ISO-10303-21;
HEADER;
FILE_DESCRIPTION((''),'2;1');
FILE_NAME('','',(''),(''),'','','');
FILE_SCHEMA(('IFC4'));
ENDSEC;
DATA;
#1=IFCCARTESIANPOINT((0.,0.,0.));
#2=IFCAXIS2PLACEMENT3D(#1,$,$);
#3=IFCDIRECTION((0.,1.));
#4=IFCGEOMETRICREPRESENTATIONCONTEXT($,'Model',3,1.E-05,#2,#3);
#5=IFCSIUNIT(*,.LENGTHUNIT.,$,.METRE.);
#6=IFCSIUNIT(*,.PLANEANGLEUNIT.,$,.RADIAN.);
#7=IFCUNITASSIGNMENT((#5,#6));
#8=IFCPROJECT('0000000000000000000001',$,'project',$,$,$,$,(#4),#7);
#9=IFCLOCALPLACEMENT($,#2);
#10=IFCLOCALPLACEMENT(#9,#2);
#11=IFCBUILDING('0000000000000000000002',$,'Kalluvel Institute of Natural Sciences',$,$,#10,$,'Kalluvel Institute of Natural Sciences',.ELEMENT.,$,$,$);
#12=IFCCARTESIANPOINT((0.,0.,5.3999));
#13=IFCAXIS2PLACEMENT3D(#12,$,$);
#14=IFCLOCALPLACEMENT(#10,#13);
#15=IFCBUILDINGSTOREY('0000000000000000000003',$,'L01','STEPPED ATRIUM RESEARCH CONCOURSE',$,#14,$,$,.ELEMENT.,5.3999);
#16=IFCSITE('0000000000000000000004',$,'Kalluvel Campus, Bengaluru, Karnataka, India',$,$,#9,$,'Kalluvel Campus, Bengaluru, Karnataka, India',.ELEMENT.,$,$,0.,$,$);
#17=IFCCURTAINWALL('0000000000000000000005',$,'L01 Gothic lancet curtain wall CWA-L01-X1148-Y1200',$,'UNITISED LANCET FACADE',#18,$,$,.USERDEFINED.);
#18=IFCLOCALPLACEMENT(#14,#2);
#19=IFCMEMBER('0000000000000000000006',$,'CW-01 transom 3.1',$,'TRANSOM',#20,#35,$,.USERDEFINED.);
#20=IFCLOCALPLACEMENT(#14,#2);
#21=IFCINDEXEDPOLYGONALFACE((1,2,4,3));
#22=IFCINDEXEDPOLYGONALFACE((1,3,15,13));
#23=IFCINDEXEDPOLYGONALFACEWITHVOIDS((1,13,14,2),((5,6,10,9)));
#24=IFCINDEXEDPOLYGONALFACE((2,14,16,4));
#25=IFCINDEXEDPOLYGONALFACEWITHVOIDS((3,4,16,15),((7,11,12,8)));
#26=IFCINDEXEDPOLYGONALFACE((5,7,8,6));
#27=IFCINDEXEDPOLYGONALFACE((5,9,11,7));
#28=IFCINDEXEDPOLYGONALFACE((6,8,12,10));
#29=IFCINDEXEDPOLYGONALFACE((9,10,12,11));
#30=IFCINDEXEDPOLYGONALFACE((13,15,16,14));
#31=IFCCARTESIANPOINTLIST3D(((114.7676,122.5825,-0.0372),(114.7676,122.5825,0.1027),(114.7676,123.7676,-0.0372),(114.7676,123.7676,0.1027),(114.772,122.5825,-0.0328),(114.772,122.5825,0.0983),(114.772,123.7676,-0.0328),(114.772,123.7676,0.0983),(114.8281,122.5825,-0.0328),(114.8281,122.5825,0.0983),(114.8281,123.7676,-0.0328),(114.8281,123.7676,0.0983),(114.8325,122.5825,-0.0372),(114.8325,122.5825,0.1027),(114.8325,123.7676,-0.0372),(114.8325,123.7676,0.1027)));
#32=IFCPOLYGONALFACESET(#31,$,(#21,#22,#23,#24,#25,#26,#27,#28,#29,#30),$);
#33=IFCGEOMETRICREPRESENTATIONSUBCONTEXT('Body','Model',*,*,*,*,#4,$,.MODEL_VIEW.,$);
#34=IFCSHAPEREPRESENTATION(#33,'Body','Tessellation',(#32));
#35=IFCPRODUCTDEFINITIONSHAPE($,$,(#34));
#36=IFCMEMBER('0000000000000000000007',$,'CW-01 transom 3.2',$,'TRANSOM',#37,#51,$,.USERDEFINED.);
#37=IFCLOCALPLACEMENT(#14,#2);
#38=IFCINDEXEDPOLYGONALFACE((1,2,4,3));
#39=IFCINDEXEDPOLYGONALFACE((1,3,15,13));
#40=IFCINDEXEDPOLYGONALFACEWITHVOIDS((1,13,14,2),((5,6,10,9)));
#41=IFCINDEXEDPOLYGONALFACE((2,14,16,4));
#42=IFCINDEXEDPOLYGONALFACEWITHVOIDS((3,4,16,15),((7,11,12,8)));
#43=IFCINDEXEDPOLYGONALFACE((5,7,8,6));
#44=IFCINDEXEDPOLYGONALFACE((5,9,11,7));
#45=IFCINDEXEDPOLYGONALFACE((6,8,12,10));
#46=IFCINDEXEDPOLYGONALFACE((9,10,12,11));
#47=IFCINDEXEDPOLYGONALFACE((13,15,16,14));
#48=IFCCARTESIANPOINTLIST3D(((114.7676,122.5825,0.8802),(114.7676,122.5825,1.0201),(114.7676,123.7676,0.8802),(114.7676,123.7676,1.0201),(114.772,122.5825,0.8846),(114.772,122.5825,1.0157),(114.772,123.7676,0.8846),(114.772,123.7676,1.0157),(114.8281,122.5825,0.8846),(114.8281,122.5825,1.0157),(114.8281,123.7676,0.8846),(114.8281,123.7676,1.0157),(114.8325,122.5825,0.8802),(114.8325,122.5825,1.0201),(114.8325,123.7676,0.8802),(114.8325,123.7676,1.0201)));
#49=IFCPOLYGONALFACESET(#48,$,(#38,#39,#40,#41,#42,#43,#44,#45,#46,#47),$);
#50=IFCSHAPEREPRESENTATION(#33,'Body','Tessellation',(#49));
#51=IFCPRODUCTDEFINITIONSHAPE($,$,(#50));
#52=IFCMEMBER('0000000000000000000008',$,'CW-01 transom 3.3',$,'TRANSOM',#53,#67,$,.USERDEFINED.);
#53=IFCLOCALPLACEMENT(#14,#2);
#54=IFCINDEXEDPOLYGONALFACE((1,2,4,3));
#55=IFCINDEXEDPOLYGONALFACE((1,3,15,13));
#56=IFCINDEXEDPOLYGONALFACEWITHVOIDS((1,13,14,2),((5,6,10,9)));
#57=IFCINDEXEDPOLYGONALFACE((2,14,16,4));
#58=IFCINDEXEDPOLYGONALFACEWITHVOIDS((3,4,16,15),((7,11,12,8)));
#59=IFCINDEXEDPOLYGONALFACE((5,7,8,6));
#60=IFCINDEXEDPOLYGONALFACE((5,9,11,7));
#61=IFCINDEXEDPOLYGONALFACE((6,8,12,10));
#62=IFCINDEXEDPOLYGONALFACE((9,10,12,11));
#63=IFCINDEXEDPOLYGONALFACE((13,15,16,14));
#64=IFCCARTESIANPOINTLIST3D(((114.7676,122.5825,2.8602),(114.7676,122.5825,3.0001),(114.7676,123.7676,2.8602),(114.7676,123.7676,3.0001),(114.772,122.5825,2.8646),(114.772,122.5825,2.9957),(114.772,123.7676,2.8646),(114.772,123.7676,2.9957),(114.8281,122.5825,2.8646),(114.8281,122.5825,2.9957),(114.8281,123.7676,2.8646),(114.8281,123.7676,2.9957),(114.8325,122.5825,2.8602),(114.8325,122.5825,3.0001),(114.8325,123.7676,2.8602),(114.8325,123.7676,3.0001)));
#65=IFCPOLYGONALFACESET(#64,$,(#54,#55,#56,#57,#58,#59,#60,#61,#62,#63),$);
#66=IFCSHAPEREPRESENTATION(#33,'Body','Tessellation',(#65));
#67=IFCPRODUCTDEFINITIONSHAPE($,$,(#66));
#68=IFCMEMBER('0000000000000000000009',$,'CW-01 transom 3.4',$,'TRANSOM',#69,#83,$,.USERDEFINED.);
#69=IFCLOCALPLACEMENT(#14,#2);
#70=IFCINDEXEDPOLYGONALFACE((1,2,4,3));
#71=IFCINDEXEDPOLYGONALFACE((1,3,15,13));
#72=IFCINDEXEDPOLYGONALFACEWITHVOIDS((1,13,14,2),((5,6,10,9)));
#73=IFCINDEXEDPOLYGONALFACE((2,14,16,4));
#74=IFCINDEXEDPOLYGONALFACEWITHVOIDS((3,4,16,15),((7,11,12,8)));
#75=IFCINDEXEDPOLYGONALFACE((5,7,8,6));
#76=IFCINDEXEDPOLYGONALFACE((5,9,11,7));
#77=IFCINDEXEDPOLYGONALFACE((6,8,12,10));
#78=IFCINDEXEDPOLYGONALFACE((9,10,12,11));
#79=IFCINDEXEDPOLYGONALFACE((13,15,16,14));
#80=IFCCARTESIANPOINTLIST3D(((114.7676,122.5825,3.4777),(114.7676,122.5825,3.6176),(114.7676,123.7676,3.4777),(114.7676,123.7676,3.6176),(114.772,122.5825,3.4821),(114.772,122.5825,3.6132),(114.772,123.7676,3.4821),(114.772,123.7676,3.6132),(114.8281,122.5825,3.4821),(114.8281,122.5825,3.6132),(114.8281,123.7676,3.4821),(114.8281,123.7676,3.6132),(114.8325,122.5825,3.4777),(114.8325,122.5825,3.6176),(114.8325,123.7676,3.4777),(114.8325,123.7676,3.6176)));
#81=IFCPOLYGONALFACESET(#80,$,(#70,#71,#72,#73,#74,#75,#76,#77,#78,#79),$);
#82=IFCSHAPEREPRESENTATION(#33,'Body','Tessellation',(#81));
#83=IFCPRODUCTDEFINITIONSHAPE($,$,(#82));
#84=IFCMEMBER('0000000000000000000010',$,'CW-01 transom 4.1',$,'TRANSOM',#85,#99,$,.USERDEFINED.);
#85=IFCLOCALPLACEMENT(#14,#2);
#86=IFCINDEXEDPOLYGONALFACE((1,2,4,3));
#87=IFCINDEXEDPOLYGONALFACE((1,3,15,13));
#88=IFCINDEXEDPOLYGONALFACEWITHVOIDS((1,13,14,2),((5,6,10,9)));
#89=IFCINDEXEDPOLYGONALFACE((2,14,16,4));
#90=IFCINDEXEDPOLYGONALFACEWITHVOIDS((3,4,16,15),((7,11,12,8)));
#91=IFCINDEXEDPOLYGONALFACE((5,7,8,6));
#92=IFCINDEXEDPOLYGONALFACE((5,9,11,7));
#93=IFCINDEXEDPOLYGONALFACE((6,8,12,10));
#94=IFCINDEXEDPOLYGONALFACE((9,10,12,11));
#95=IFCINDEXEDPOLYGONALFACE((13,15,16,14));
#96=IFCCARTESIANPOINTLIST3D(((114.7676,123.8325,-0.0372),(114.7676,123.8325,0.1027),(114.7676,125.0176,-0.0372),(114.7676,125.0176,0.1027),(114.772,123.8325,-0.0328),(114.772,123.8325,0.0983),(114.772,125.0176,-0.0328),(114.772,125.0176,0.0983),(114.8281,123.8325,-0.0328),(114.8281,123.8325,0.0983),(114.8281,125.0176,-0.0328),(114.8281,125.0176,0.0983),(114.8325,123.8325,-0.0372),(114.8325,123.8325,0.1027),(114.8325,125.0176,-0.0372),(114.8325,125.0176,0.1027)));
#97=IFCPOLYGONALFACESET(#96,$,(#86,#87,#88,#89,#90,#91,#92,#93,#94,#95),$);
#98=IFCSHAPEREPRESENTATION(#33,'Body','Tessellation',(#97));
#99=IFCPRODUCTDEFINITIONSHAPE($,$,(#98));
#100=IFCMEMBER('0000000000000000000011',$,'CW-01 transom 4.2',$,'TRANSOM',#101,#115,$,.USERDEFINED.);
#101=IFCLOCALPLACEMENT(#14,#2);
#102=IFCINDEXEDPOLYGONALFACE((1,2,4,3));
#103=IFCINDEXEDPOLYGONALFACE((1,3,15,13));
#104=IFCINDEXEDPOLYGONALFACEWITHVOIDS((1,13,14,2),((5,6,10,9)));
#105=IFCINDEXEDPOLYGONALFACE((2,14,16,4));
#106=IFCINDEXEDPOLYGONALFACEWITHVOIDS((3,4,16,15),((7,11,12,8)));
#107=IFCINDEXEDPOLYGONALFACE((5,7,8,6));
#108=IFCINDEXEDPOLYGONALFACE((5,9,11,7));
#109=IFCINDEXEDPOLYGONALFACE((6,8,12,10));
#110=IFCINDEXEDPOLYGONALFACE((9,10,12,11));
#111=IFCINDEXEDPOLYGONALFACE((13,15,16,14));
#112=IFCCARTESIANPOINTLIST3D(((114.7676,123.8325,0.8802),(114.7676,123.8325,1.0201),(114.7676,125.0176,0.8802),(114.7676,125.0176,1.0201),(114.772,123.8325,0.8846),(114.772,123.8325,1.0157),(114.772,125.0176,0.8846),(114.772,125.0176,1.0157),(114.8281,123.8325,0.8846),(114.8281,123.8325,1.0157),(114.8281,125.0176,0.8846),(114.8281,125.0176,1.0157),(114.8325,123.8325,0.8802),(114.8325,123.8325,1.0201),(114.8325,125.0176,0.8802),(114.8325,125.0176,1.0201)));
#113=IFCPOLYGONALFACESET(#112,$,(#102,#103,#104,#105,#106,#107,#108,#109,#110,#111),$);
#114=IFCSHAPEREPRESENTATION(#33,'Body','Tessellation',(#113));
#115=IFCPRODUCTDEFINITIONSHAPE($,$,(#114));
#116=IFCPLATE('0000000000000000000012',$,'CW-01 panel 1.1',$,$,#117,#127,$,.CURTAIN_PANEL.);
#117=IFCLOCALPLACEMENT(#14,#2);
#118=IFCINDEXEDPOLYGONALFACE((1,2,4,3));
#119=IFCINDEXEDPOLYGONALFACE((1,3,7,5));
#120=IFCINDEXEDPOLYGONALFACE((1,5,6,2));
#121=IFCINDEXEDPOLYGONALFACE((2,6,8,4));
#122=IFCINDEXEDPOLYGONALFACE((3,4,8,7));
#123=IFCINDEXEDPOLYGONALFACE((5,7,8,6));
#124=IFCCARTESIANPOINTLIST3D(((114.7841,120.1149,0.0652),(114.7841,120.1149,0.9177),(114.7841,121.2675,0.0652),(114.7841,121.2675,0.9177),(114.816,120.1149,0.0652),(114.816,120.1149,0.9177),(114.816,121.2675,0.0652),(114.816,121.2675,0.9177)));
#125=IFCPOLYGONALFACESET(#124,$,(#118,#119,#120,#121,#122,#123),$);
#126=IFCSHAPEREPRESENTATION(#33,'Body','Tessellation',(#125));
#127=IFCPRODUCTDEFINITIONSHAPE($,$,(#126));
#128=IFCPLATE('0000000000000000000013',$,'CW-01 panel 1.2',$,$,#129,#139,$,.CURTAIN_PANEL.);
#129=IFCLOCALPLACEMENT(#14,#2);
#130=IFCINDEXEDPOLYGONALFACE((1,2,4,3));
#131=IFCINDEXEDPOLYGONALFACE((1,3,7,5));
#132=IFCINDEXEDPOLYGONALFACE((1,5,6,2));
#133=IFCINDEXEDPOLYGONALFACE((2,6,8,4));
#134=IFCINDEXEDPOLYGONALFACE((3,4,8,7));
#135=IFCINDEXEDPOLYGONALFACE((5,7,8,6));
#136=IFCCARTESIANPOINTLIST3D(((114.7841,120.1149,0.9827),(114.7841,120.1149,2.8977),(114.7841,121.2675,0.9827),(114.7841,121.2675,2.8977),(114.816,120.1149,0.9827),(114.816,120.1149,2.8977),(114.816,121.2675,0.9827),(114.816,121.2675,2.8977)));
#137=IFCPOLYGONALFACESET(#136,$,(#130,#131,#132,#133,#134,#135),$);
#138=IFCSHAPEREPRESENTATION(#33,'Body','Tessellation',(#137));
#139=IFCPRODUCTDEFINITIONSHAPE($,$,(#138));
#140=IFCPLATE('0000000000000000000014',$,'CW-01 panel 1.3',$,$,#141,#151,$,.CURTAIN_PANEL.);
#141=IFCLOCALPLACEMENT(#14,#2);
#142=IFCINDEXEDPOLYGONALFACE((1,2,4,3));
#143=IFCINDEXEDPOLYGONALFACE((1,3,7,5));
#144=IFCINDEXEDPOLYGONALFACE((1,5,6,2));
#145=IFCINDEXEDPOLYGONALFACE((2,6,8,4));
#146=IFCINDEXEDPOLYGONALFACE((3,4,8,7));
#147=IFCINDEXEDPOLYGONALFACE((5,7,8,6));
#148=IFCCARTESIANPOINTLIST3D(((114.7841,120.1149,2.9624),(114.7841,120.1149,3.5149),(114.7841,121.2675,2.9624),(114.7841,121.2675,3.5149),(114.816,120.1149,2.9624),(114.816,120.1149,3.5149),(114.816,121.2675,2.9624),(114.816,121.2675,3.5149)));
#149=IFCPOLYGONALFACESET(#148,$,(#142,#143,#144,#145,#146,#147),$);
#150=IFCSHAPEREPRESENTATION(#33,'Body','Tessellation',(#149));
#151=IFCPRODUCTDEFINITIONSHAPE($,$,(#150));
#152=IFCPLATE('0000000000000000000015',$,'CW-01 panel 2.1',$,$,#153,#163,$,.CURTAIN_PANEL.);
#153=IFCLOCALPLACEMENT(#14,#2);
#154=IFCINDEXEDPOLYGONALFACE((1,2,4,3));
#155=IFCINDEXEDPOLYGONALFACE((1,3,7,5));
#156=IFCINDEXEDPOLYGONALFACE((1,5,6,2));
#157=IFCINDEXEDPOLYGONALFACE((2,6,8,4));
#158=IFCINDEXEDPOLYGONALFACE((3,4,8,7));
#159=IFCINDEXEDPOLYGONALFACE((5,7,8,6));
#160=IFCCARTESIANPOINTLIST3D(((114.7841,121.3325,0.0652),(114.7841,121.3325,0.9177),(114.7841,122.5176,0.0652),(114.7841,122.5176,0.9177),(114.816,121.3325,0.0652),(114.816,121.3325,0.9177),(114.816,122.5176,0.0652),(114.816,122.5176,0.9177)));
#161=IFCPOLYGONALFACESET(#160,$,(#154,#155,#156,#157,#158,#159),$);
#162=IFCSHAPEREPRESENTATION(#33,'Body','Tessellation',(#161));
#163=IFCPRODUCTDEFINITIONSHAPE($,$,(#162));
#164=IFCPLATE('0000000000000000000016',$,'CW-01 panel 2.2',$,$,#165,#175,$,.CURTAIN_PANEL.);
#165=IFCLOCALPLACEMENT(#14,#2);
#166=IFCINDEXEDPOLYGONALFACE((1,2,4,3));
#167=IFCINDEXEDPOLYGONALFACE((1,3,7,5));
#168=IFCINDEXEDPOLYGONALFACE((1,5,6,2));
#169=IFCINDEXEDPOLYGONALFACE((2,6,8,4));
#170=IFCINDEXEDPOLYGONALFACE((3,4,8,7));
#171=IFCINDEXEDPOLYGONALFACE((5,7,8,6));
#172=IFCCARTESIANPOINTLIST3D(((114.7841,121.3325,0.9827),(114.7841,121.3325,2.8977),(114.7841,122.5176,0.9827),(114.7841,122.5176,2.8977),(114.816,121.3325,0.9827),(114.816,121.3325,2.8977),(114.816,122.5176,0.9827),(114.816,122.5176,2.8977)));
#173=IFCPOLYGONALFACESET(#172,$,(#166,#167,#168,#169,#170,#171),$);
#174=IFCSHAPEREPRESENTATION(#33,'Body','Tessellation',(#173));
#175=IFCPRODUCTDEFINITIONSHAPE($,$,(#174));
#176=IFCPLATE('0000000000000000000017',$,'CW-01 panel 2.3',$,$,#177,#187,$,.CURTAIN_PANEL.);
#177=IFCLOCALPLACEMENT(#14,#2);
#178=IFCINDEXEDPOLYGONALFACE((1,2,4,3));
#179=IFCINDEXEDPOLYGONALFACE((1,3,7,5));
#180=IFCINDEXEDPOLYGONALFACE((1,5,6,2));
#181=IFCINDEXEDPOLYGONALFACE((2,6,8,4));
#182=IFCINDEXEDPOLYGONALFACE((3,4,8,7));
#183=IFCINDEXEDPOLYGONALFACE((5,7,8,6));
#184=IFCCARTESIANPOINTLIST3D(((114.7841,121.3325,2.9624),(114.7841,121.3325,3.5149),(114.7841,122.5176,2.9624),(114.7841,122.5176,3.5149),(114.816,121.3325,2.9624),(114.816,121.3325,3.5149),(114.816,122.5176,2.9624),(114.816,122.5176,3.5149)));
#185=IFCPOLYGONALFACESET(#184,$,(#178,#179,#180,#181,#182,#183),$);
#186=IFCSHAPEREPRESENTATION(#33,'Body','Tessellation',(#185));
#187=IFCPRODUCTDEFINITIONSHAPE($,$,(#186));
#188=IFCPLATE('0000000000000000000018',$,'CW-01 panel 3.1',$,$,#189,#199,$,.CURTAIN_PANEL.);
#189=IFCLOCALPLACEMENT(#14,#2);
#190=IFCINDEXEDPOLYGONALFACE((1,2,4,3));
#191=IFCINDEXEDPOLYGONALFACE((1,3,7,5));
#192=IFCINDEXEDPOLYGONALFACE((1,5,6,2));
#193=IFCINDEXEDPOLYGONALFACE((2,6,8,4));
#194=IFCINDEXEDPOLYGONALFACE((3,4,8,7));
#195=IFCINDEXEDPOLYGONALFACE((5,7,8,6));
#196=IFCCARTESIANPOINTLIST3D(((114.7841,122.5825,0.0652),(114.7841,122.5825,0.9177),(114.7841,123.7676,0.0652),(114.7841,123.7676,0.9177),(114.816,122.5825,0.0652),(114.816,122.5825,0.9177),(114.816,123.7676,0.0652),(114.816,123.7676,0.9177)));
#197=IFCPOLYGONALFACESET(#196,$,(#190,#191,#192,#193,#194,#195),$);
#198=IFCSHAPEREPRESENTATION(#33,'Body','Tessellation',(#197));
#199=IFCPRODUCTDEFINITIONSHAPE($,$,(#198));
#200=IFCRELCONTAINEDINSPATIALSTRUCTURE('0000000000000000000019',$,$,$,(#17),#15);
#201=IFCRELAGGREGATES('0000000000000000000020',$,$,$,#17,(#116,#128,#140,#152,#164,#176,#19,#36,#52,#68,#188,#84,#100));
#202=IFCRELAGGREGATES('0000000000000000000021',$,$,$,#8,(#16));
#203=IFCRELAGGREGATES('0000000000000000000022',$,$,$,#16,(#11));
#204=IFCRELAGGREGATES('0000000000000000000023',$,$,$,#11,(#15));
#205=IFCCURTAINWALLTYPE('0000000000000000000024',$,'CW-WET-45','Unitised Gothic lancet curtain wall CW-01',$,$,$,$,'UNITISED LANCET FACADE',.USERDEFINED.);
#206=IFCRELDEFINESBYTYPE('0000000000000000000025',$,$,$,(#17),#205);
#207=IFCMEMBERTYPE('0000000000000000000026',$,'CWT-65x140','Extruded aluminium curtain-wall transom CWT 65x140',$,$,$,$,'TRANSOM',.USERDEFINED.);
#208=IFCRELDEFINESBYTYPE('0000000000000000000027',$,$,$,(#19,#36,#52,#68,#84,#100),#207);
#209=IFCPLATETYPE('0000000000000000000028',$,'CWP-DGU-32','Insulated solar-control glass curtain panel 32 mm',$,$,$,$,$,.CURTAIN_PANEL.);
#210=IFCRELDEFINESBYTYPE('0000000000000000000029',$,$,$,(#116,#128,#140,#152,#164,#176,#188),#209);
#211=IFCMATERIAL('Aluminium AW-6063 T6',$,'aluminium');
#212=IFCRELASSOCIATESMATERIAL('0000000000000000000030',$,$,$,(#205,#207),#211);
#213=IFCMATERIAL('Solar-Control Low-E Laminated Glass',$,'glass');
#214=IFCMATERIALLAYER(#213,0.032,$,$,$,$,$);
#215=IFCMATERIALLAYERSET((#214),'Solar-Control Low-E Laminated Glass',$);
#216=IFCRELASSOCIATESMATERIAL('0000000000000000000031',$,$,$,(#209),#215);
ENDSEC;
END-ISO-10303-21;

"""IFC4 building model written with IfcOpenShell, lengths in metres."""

from ifc_helpers import new_model, si_unit, direction, frame, origin, origin_2d, place, context, subcontext, project, spatial, rectangle, hollow_rectangle, extrude, material, layer, layer_set, material_profile, profile_set, type_object, element, aggregate, save


model = new_model("IFC4")

# Units and contexts
model_context = context("Model", 3, precision=1e-05, world=origin(), true_north=direction((0.0, 1.0)))
body_context = subcontext(model_context, "Body", "Model", "MODEL_VIEW")
ifc_project = project(units=[si_unit("LENGTHUNIT", "METRE"), si_unit("PLANEANGLEUNIT", "RADIAN")], contexts=[model_context])

# Site, building, storey
site_placement = place(None, origin())
site = spatial("IfcSite", under=ifc_project, at=site_placement, Name="Kalluvel Campus, Bengaluru, Karnataka, India", LongName="Kalluvel Campus, Bengaluru, Karnataka, India", CompositionType="ELEMENT", RefElevation=0.0)
building_placement = place(site_placement, origin())
building = spatial("IfcBuilding", under=site, at=building_placement, Name="Kalluvel Institute of Natural Sciences", LongName="Kalluvel Institute of Natural Sciences", CompositionType="ELEMENT")
storey_placement = place(building_placement, frame((0.0, 0.0, 5.3999)))
storey = spatial("IfcBuildingStorey", under=building, at=storey_placement, Name="L01", Description="STEPPED ATRIUM RESEARCH CONCOURSE", CompositionType="ELEMENT", Elevation=5.3999)

# Curtain wall, members, plates
ifc_material_1 = material(Name="Aluminium AW-6063 T6", Category="aluminium")
curtain_wall_type = type_object("IfcCurtainWallType", Name="CW-WET-45", Description="Unitised Gothic lancet curtain wall CW-01", ElementType="UNITISED LANCET FACADE", PredefinedType="USERDEFINED", material=ifc_material_1)
curtain_wall_placement = place(storey_placement, origin())
curtain_wall = element("IfcCurtainWall", 1, at=curtain_wall_placement, inside=storey, type_object=curtain_wall_type, Name="L01 Gothic lancet curtain wall CWA-L01-X1148-Y1200", ObjectType="UNITISED LANCET FACADE", PredefinedType="USERDEFINED")
ifc_material_profile_1 = material_profile(ifc_material_1, hollow_rectangle(XDim=0.0649, YDim=0.1399, WallThickness=0.0044, at=origin_2d()), Name="CWT 65x140")
ifc_profile_set_1 = profile_set([ifc_material_profile_1], Name="Aluminium AW-6063 T6")
member_type_1 = type_object("IfcMemberType", Name="CWT-65x140", Description="Extruded aluminium curtain-wall transom CWT 65x140", ElementType="TRANSOM", PredefinedType="USERDEFINED", material=ifc_profile_set_1)
member_1_placement = place(storey_placement, frame((114.8, 122.5825, 0.0327), z_axis=(0.0, 1.0, 0.0), x_axis=(-1.0, 0.0, 0.0)))
member_1 = element("IfcMember", 2, at=member_1_placement, type_object=member_type_1, Name="CW-01 transom 3.1", ObjectType="TRANSOM", PredefinedType="USERDEFINED", context=body_context, shape_type="SweptSolid", body=[
    extrude(hollow_rectangle(XDim=0.0649, YDim=0.1399, WallThickness=0.0044, at=origin_2d()), origin(), (0.0, 0.0, 1.0), 1.1851),
])
member_2_placement = place(storey_placement, frame((114.8, 122.5825, 0.9502), z_axis=(0.0, 1.0, 0.0), x_axis=(-1.0, 0.0, 0.0)))
member_2 = element("IfcMember", 3, at=member_2_placement, type_object=member_type_1, Name="CW-01 transom 3.2", ObjectType="TRANSOM", PredefinedType="USERDEFINED", context=body_context, shape_type="SweptSolid", body=[
    extrude(hollow_rectangle(XDim=0.0649, YDim=0.1399, WallThickness=0.0044, at=origin_2d()), origin(), (0.0, 0.0, 1.0), 1.1851),
])
member_3_placement = place(storey_placement, frame((114.8, 122.5825, 2.9302), z_axis=(0.0, 1.0, 0.0), x_axis=(-1.0, 0.0, 0.0)))
member_3 = element("IfcMember", 4, at=member_3_placement, type_object=member_type_1, Name="CW-01 transom 3.3", ObjectType="TRANSOM", PredefinedType="USERDEFINED", context=body_context, shape_type="SweptSolid", body=[
    extrude(hollow_rectangle(XDim=0.0649, YDim=0.1399, WallThickness=0.0044, at=origin_2d()), origin(), (0.0, 0.0, 1.0), 1.1851),
])
member_4_placement = place(storey_placement, frame((114.8, 122.5825, 3.5476), z_axis=(0.0, 1.0, 0.0), x_axis=(-1.0, 0.0, 0.0)))
member_4 = element("IfcMember", 5, at=member_4_placement, type_object=member_type_1, Name="CW-01 transom 3.4", ObjectType="TRANSOM", PredefinedType="USERDEFINED", context=body_context, shape_type="SweptSolid", body=[
    extrude(hollow_rectangle(XDim=0.0649, YDim=0.1399, WallThickness=0.0044, at=origin_2d()), origin(), (0.0, 0.0, 1.0), 1.1851),
])
member_5_placement = place(storey_placement, frame((114.8, 123.8325, 0.0327), z_axis=(0.0, 1.0, 0.0), x_axis=(-1.0, 0.0, 0.0)))
member_5 = element("IfcMember", 6, at=member_5_placement, type_object=member_type_1, Name="CW-01 transom 4.1", ObjectType="TRANSOM", PredefinedType="USERDEFINED", context=body_context, shape_type="SweptSolid", body=[
    extrude(hollow_rectangle(XDim=0.0649, YDim=0.1399, WallThickness=0.0044, at=origin_2d()), origin(), (0.0, 0.0, 1.0), 1.1851),
])
member_6_placement = place(storey_placement, frame((114.8, 123.8325, 0.9502), z_axis=(0.0, 1.0, 0.0), x_axis=(-1.0, 0.0, 0.0)))
member_6 = element("IfcMember", 7, at=member_6_placement, type_object=member_type_1, Name="CW-01 transom 4.2", ObjectType="TRANSOM", PredefinedType="USERDEFINED", context=body_context, shape_type="SweptSolid", body=[
    extrude(hollow_rectangle(XDim=0.0649, YDim=0.1399, WallThickness=0.0044, at=origin_2d()), origin(), (0.0, 0.0, 1.0), 1.1851),
])
ifc_material_2 = material(Name="Solar-Control Low-E Laminated Glass", Category="glass")
ifc_layer = layer(ifc_material_2, 0.032)
ifc_layer_set = layer_set([ifc_layer], Name="Solar-Control Low-E Laminated Glass")
plate_type = type_object("IfcPlateType", Name="CWP-DGU-32", Description="Insulated solar-control glass curtain panel 32 mm", PredefinedType="CURTAIN_PANEL", material=ifc_layer_set)
plate_1_placement = place(storey_placement, frame((114.8, 120.6912, 0.0652), z_axis=(0.0, 0.0, 1.0), x_axis=(0.0, 1.0, 0.0)))
plate_1 = element("IfcPlate", 8, at=plate_1_placement, type_object=plate_type, Name="CW-01 panel 1.1", PredefinedType="CURTAIN_PANEL", context=body_context, shape_type="SweptSolid", body=[
    extrude(rectangle(XDim=1.1526, YDim=0.032, at=origin_2d()), origin(), (0.0, 0.0, 1.0), 0.8525),
])
plate_2_placement = place(storey_placement, frame((114.8, 120.6912, 0.9827), z_axis=(0.0, 0.0, 1.0), x_axis=(0.0, 1.0, 0.0)))
plate_2 = element("IfcPlate", 9, at=plate_2_placement, type_object=plate_type, Name="CW-01 panel 1.2", PredefinedType="CURTAIN_PANEL", context=body_context, shape_type="SweptSolid", body=[
    extrude(rectangle(XDim=1.1526, YDim=0.032, at=origin_2d()), origin(), (0.0, 0.0, 1.0), 1.915),
])
plate_3_placement = place(storey_placement, frame((114.8, 120.6912, 2.9624), z_axis=(0.0, 0.0, 1.0), x_axis=(0.0, 1.0, 0.0)))
plate_3 = element("IfcPlate", 10, at=plate_3_placement, type_object=plate_type, Name="CW-01 panel 1.3", PredefinedType="CURTAIN_PANEL", context=body_context, shape_type="SweptSolid", body=[
    extrude(rectangle(XDim=1.1526, YDim=0.032, at=origin_2d()), origin(), (0.0, 0.0, 1.0), 0.5525),
])
plate_4_placement = place(storey_placement, frame((114.8, 121.925, 0.0652), z_axis=(0.0, 0.0, 1.0), x_axis=(0.0, 1.0, 0.0)))
plate_4 = element("IfcPlate", 11, at=plate_4_placement, type_object=plate_type, Name="CW-01 panel 2.1", PredefinedType="CURTAIN_PANEL", context=body_context, shape_type="SweptSolid", body=[
    extrude(rectangle(XDim=1.1851, YDim=0.032, at=origin_2d()), origin(), (0.0, 0.0, 1.0), 0.8525),
])
plate_5_placement = place(storey_placement, frame((114.8, 121.925, 0.9827), z_axis=(0.0, 0.0, 1.0), x_axis=(0.0, 1.0, 0.0)))
plate_5 = element("IfcPlate", 12, at=plate_5_placement, type_object=plate_type, Name="CW-01 panel 2.2", PredefinedType="CURTAIN_PANEL", context=body_context, shape_type="SweptSolid", body=[
    extrude(rectangle(XDim=1.1851, YDim=0.032, at=origin_2d()), origin(), (0.0, 0.0, 1.0), 1.915),
])
plate_6_placement = place(storey_placement, frame((114.8, 121.925, 2.9624), z_axis=(0.0, 0.0, 1.0), x_axis=(0.0, 1.0, 0.0)))
plate_6 = element("IfcPlate", 13, at=plate_6_placement, type_object=plate_type, Name="CW-01 panel 2.3", PredefinedType="CURTAIN_PANEL", context=body_context, shape_type="SweptSolid", body=[
    extrude(rectangle(XDim=1.1851, YDim=0.032, at=origin_2d()), origin(), (0.0, 0.0, 1.0), 0.5525),
])
plate_7_placement = place(storey_placement, frame((114.8, 123.175, 0.0652), z_axis=(0.0, 0.0, 1.0), x_axis=(0.0, 1.0, 0.0)))
plate_7 = element("IfcPlate", 14, at=plate_7_placement, type_object=plate_type, Name="CW-01 panel 3.1", PredefinedType="CURTAIN_PANEL", context=body_context, shape_type="SweptSolid", body=[
    extrude(rectangle(XDim=1.1851, YDim=0.032, at=origin_2d()), origin(), (0.0, 0.0, 1.0), 0.8525),
])
aggregate(curtain_wall, [plate_1, plate_2, plate_3, plate_4, plate_5, plate_6, member_1, member_2, member_3, member_4, plate_7, member_5, member_6])

save(model, "model.ifc")
